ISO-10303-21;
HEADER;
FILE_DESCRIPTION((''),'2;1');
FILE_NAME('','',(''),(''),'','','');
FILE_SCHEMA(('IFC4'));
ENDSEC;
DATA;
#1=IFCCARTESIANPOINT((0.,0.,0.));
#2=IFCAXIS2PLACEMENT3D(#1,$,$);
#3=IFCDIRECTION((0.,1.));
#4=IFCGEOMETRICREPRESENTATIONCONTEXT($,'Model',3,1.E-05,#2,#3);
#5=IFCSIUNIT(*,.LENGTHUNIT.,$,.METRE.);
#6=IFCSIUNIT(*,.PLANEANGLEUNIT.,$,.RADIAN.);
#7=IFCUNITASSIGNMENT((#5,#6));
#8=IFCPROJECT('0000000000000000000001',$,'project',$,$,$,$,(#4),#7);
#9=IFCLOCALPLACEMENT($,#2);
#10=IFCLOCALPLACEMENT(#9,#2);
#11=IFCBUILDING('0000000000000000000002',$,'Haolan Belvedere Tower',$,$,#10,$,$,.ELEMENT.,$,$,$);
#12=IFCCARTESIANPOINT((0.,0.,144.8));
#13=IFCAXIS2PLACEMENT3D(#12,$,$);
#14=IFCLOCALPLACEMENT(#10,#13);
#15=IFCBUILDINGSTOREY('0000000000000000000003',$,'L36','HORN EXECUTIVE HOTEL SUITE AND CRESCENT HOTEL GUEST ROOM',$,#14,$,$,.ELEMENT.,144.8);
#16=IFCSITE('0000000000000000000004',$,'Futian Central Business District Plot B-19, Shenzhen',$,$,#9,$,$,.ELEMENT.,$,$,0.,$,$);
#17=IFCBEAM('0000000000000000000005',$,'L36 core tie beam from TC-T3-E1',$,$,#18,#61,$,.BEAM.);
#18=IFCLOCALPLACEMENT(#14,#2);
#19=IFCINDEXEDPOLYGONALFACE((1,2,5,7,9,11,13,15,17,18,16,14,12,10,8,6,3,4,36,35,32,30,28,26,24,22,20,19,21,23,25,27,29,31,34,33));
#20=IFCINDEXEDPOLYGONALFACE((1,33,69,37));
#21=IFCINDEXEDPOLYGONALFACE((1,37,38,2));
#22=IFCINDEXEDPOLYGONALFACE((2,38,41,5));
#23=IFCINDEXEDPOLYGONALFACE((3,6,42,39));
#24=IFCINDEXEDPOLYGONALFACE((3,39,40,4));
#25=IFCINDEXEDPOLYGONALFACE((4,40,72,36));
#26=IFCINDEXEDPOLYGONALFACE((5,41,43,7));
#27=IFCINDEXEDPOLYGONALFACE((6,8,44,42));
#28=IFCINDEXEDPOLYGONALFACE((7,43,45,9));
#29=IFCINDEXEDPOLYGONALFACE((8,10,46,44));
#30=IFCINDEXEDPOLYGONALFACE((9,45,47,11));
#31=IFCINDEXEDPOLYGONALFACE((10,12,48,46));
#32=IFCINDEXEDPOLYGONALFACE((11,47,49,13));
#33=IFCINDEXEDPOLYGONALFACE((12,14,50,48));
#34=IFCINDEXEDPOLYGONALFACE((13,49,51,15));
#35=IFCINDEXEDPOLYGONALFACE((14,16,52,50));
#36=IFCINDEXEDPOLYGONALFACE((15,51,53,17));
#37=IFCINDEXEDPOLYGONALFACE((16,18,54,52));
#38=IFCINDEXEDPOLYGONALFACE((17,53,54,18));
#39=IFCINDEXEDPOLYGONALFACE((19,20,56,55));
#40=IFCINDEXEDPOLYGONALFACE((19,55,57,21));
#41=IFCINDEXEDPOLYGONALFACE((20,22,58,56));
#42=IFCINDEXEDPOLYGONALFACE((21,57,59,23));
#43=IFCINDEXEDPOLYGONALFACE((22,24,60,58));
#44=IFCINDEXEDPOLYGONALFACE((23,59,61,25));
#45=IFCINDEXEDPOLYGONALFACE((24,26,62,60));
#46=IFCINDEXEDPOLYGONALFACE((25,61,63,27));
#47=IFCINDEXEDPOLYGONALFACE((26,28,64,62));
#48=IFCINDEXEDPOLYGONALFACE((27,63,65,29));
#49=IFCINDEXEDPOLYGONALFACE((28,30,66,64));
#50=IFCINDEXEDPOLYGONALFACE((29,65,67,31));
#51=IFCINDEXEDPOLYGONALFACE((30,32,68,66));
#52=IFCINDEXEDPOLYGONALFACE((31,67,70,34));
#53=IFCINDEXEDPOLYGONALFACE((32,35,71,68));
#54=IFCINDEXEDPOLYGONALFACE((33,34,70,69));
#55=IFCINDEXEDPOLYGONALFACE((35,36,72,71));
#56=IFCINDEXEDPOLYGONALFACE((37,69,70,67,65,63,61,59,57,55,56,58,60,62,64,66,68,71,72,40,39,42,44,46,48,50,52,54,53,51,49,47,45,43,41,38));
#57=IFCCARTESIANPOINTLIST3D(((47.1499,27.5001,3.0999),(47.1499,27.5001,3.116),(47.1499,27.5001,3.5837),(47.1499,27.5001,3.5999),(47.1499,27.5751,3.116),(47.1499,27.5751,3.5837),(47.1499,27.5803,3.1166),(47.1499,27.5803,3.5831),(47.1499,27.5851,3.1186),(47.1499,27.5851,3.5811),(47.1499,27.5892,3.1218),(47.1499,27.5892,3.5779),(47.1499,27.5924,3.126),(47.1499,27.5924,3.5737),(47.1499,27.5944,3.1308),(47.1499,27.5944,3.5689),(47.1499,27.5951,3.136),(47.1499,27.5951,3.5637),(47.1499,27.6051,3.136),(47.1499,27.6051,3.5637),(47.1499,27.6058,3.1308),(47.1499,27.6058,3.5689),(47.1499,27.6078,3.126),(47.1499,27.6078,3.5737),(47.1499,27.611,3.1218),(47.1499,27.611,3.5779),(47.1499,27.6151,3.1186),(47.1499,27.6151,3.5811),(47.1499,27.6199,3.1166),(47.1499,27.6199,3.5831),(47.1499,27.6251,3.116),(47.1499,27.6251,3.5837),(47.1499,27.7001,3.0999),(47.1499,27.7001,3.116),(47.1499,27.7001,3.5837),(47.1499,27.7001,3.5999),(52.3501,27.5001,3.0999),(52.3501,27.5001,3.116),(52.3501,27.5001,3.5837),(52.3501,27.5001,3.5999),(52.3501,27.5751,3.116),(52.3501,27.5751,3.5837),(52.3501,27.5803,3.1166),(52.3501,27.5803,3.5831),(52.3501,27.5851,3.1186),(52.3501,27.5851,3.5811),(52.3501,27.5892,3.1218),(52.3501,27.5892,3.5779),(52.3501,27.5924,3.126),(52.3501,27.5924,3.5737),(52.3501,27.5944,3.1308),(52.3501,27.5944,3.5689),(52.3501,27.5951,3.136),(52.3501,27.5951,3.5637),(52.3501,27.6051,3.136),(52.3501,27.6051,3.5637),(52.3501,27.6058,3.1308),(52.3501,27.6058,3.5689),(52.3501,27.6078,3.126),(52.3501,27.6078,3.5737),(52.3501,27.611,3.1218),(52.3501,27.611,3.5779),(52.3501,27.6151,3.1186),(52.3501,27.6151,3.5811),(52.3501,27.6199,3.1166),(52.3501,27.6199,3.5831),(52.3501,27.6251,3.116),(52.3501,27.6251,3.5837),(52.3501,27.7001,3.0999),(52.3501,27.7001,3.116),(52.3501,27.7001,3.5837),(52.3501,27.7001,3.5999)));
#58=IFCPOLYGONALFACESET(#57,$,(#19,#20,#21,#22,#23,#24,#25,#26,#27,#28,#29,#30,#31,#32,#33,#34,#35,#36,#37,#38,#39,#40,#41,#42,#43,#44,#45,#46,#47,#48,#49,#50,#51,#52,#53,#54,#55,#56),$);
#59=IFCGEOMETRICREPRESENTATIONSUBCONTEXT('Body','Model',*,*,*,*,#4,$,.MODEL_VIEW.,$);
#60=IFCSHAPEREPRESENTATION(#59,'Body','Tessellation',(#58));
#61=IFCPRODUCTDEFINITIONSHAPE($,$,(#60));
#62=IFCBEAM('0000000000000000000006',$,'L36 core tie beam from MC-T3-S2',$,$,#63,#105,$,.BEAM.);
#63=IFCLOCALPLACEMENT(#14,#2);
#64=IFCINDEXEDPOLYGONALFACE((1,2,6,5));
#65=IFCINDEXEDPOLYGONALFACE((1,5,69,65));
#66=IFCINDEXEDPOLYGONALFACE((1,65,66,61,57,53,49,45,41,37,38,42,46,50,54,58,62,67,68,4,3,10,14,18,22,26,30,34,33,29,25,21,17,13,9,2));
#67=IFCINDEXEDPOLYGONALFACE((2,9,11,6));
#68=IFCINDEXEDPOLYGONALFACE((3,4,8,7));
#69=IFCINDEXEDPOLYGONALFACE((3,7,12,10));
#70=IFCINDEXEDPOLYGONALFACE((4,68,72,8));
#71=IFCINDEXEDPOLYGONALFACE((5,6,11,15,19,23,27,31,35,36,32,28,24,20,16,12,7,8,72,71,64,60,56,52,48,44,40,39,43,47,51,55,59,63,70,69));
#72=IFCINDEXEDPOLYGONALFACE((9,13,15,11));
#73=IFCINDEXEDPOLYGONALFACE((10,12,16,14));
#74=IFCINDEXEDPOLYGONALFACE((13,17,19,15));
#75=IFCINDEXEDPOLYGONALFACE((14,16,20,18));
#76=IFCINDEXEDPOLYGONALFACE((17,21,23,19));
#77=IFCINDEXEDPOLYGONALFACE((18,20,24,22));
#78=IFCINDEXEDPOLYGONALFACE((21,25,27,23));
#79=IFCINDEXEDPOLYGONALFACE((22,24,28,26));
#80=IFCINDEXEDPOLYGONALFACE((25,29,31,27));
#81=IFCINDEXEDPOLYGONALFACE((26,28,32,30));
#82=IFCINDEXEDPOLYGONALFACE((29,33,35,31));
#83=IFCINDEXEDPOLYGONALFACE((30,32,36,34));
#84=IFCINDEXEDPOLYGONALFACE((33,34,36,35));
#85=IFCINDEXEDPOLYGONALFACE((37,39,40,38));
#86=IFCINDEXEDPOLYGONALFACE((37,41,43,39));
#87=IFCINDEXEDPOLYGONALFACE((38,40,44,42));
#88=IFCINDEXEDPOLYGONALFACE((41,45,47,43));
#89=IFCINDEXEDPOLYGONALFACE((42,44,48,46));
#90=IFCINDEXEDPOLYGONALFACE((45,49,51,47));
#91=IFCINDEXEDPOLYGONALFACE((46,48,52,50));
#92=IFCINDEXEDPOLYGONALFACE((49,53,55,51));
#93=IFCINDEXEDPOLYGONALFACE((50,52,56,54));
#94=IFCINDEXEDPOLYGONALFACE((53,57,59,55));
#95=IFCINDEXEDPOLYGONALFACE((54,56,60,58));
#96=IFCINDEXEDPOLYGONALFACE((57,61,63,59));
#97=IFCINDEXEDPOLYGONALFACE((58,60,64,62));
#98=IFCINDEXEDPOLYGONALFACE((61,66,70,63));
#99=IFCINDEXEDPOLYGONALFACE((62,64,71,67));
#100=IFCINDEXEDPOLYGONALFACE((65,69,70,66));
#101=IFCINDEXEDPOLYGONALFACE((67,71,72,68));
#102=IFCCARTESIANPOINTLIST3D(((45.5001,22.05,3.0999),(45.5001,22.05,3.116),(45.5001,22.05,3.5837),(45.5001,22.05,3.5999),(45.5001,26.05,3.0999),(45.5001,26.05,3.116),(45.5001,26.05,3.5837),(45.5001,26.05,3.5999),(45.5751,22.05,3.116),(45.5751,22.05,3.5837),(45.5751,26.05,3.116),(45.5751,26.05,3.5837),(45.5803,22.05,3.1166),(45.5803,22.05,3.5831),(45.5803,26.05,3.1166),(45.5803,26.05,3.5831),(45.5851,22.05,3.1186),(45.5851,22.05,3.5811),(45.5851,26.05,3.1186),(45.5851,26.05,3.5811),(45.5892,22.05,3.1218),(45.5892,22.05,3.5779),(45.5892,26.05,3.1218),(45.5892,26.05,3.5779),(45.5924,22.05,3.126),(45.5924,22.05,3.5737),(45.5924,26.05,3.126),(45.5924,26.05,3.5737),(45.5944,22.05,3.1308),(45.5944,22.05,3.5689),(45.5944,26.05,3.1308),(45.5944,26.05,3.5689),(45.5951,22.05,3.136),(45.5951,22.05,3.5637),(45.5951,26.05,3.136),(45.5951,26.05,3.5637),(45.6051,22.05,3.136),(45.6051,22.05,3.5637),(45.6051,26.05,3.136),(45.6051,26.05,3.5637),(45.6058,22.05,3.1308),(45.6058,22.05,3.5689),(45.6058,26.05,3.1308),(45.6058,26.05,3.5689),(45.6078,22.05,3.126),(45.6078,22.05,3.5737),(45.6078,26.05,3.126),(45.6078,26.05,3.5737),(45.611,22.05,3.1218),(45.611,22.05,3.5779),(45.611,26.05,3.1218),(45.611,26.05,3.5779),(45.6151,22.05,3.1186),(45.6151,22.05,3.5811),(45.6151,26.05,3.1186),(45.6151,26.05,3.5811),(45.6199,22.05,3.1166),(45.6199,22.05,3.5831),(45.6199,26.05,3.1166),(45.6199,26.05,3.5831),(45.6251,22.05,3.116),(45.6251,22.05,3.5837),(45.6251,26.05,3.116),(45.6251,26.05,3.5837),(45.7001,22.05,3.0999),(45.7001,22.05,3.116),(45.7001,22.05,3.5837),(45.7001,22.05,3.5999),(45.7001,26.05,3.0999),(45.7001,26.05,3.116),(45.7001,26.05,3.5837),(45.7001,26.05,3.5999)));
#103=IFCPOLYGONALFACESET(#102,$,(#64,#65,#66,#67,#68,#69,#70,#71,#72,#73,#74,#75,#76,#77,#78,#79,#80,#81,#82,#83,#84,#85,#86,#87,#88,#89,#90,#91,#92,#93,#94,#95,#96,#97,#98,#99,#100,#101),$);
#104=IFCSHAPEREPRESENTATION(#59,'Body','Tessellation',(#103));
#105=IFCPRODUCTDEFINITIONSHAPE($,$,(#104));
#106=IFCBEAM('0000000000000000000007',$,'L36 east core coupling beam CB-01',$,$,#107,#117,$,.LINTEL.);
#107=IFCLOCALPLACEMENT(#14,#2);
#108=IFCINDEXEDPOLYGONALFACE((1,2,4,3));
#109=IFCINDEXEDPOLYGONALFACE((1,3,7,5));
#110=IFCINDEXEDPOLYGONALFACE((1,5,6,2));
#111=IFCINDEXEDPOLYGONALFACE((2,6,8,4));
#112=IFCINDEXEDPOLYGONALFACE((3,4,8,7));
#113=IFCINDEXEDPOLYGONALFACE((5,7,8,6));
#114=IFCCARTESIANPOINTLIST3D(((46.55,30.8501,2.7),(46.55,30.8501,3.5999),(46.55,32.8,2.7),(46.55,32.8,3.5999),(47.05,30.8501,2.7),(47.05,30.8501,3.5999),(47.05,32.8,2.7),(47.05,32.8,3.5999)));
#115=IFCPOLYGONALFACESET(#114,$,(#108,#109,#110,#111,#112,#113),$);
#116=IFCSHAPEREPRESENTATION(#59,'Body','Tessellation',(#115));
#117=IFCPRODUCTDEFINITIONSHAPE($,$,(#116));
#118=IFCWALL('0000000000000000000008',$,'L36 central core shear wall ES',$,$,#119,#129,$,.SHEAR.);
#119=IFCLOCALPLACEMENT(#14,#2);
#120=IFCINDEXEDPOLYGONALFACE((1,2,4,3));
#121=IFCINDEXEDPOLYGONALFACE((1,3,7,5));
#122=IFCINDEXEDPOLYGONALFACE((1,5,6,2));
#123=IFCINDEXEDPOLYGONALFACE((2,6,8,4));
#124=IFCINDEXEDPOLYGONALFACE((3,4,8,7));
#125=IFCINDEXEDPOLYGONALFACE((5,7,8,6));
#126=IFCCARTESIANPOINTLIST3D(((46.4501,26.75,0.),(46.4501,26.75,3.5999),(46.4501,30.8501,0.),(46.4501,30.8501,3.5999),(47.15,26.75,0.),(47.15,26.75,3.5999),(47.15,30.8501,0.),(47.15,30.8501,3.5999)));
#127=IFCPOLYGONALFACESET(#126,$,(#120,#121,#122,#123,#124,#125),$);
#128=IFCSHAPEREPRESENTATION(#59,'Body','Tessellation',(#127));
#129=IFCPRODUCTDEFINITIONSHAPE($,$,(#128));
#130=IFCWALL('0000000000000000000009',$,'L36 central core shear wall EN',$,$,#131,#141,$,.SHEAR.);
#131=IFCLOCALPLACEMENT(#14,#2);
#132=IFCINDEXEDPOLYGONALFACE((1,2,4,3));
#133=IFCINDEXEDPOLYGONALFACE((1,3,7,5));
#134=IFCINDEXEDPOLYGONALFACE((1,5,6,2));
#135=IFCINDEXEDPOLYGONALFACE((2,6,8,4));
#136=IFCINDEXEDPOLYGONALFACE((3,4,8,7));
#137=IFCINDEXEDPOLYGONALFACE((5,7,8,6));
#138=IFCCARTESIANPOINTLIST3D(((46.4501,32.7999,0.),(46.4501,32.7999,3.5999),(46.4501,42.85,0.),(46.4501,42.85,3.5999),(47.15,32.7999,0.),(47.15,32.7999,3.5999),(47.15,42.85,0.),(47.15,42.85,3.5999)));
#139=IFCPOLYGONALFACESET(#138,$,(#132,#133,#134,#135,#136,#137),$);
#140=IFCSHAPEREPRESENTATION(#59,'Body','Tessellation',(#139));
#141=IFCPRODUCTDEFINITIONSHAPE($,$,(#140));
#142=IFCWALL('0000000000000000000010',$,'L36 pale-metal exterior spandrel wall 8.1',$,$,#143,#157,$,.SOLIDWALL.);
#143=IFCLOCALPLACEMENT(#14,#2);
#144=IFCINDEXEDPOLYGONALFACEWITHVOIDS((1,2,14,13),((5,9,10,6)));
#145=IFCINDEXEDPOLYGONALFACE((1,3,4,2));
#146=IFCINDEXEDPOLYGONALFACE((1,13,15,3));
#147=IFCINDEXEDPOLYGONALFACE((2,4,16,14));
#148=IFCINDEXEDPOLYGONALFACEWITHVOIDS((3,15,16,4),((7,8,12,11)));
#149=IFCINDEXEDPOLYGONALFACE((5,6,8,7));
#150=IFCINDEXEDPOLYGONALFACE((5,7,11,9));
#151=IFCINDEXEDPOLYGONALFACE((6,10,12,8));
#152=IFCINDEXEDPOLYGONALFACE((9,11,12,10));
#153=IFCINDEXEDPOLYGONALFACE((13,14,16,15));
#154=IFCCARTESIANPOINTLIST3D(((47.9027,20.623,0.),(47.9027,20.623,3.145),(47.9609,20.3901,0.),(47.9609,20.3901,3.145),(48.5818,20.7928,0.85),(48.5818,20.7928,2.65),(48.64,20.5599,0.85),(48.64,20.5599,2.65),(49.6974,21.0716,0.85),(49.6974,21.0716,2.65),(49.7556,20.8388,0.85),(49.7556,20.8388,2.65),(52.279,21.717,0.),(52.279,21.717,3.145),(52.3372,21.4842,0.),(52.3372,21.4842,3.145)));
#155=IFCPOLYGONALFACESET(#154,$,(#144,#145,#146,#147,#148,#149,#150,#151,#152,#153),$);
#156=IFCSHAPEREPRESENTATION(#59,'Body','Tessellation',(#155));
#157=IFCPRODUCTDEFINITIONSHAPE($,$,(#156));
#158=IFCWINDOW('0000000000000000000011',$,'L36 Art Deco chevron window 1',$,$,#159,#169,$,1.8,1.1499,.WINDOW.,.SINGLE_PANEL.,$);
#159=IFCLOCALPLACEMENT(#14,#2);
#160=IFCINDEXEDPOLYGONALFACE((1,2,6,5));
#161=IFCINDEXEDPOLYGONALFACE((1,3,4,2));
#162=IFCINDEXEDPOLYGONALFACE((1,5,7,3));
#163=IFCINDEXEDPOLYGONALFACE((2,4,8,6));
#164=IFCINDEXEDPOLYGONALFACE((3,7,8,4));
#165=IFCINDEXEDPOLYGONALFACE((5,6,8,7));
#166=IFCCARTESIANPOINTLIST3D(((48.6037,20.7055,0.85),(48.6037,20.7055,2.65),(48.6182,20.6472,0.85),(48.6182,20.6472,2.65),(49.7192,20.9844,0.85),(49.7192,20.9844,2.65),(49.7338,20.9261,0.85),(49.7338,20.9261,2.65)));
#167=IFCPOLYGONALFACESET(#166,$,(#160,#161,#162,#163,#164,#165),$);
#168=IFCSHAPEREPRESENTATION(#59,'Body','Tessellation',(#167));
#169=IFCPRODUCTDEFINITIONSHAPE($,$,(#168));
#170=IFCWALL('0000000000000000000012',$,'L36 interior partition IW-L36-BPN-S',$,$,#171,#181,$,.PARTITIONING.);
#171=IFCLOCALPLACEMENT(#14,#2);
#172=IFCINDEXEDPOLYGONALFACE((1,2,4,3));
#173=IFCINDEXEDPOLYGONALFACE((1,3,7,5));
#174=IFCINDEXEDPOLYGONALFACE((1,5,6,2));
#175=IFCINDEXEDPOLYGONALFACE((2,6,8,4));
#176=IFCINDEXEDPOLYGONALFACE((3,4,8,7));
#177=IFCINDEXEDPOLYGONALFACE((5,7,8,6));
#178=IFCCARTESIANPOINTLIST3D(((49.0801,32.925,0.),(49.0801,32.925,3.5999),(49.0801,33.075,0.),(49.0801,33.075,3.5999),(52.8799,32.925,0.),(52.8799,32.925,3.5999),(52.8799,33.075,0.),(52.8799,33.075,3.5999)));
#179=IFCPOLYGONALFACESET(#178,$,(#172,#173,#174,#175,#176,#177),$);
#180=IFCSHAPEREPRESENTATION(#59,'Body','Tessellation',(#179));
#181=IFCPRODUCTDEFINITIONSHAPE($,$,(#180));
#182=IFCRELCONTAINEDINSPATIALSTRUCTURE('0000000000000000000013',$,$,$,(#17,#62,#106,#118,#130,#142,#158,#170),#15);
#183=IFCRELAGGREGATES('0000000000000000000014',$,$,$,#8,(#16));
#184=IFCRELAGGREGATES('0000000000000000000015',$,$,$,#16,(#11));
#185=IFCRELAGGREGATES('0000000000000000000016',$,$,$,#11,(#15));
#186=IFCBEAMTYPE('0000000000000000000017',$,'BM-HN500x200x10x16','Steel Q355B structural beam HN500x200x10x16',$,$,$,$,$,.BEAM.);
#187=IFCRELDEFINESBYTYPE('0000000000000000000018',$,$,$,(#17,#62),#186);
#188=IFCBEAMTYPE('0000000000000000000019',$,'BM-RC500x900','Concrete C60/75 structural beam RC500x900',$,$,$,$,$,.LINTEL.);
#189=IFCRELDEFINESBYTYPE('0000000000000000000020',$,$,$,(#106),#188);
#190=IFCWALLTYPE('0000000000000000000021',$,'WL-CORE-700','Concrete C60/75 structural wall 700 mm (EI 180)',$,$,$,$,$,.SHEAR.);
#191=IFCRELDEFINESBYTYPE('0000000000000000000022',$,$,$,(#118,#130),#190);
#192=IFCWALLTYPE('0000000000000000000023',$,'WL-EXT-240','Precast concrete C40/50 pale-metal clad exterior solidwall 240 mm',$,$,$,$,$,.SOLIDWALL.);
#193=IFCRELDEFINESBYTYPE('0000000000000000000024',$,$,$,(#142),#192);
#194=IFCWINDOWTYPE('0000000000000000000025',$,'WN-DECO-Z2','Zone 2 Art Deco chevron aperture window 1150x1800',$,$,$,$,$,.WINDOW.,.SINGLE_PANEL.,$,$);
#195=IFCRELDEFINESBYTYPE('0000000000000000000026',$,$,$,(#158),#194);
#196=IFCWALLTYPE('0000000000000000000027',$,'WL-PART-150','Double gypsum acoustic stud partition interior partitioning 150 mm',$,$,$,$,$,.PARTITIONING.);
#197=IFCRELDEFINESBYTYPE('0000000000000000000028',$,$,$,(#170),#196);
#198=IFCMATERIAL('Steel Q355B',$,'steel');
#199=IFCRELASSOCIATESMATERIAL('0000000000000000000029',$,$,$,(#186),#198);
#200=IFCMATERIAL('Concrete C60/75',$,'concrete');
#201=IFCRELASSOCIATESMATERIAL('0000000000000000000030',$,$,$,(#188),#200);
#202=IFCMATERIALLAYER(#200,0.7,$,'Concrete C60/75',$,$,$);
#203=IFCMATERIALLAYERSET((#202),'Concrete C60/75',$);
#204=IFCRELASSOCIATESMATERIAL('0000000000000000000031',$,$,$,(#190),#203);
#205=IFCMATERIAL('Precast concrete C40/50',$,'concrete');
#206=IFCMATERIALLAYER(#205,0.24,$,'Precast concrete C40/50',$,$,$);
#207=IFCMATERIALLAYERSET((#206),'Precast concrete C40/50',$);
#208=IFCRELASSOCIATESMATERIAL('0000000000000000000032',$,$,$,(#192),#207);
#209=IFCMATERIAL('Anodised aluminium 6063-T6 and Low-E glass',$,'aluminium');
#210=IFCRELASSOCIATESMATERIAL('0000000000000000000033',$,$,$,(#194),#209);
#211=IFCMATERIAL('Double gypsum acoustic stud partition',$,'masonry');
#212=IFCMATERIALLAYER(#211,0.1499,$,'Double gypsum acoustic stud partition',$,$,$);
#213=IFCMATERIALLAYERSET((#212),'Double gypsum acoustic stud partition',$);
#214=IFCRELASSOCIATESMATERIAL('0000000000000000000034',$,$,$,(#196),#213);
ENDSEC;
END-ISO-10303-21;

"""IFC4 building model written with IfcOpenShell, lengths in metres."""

from ifc_helpers import new_model, si_unit, direction, frame, frame_2d, origin, origin_2d, place, context, subcontext, project, spatial, rectangle, i_section, extrude, material, layer, layer_set, material_profile, profile_set, type_object, element, fill, save


model = new_model("IFC4")

# Units and contexts
model_context = context("Model", 3, precision=1e-05, world=origin(), true_north=direction((0.0, 1.0)))
body_context = subcontext(model_context, "Body", "Model", "MODEL_VIEW")
ifc_project = project(units=[si_unit("LENGTHUNIT", "METRE"), si_unit("PLANEANGLEUNIT", "RADIAN")], contexts=[model_context])

# Site, building, storey
site_placement = place(None, origin())
site = spatial("IfcSite", under=ifc_project, at=site_placement, Name="Futian Central Business District Plot B-19, Shenzhen", CompositionType="ELEMENT", RefElevation=0.0)
building_placement = place(site_placement, origin())
building = spatial("IfcBuilding", under=site, at=building_placement, Name="Haolan Belvedere Tower", CompositionType="ELEMENT")
storey_placement = place(building_placement, frame((0.0, 0.0, 144.8)))
storey = spatial("IfcBuildingStorey", under=building, at=storey_placement, Name="L36", Description="HORN EXECUTIVE HOTEL SUITE AND CRESCENT HOTEL GUEST ROOM", CompositionType="ELEMENT", Elevation=144.8)

# Beams
ifc_material_1 = material(Name="Steel Q355B", Category="steel")
ifc_material_profile_1 = material_profile(ifc_material_1, i_section(OverallWidth=0.2, OverallDepth=0.5, WebThickness=0.01, FlangeThickness=0.0161, FilletRadius=0.02, at=origin_2d()), Name="Steel Q355B")
ifc_profile_set_1 = profile_set([ifc_material_profile_1], Name="Steel Q355B")
beam_type_1 = type_object("IfcBeamType", Name="BM-HN500x200x10x16", Description="Steel Q355B structural beam HN500x200x10x16", PredefinedType="BEAM", material=ifc_profile_set_1)
for number, where, z_axis, x_axis, name in (
    (1, (52.3501, 27.6001, 3.3499), (-1.0, 0.0, 0.0), (0.0, -1.0, 0.0), "L36 core tie beam from TC-T3-E1"),
):
    element("IfcBeam", number, at=place(storey_placement, frame(where, z_axis=z_axis, x_axis=x_axis)), inside=storey, type_object=beam_type_1, Name=name, PredefinedType="BEAM", context=body_context, shape_type="SweptSolid", body=[
        extrude(i_section(OverallWidth=0.2, OverallDepth=0.5, WebThickness=0.01, FlangeThickness=0.0161, FilletRadius=0.02, at=origin_2d()), origin(), (0.0, 0.0, 1.0), 5.2002),
    ])
beam_1_placement = place(storey_placement, frame((45.6001, 22.05, 3.3499), z_axis=(0.0, 1.0, 0.0), x_axis=(-1.0, 0.0, 0.0)))
element("IfcBeam", 2, at=beam_1_placement, inside=storey, type_object=beam_type_1, Name="L36 core tie beam from MC-T3-S2", PredefinedType="BEAM", context=body_context, shape_type="SweptSolid", body=[
    extrude(i_section(OverallWidth=0.2, OverallDepth=0.5, WebThickness=0.01, FlangeThickness=0.0161, FilletRadius=0.02, at=origin_2d()), origin(), (0.0, 0.0, 1.0), 4.0),
])
ifc_material_2 = material(Name="Concrete C60/75", Category="concrete")
ifc_material_profile_2 = material_profile(ifc_material_2, rectangle(XDim=0.5, YDim=0.8999, at=origin_2d()), Name="Concrete C60/75")
ifc_profile_set_2 = profile_set([ifc_material_profile_2], Name="Concrete C60/75")
beam_type_2 = type_object("IfcBeamType", Name="BM-RC500x900", Description="Concrete C60/75 structural beam RC500x900", PredefinedType="LINTEL", material=ifc_profile_set_2)
beam_2_placement = place(storey_placement, frame((46.8, 30.8501, 3.1499), z_axis=(0.0, 1.0, 0.0), x_axis=(-1.0, 0.0, 0.0)))
element("IfcBeam", 3, at=beam_2_placement, inside=storey, type_object=beam_type_2, Name="L36 east core coupling beam CB-01", PredefinedType="LINTEL", context=body_context, shape_type="SweptSolid", body=[
    extrude(rectangle(XDim=0.5, YDim=0.8999, at=origin_2d()), origin(), (0.0, 0.0, 1.0), 1.95),
])

# Walls
ifc_layer_1 = layer(ifc_material_2, 0.7, Name="Concrete C60/75")
ifc_layer_set_1 = layer_set([ifc_layer_1], Name="Concrete C60/75")
wall_type_1 = type_object("IfcWallType", Name="WL-CORE-700", Description="Concrete C60/75 structural wall 700 mm (EI 180)", PredefinedType="SHEAR", material=ifc_layer_set_1)
wall_1_placement = place(storey_placement, frame((46.8, 26.75, 0.0), z_axis=(0.0, 0.0, 1.0), x_axis=(0.0, 1.0, 0.0)))
element("IfcWall", 4, at=wall_1_placement, inside=storey, type_object=wall_type_1, Name="L36 central core shear wall ES", PredefinedType="SHEAR", context=body_context, shape_type="SweptSolid", body=[
    extrude(rectangle(XDim=4.1001, YDim=0.7, at=frame_2d((2.05, 0.0))), origin(), (0.0, 0.0, 1.0), 3.5999),
])
wall_2_placement = place(storey_placement, frame((46.8, 32.8, 0.0), z_axis=(0.0, 0.0, 1.0), x_axis=(0.0, 1.0, 0.0)))
element("IfcWall", 5, at=wall_2_placement, inside=storey, type_object=wall_type_1, Name="L36 central core shear wall EN", PredefinedType="SHEAR", context=body_context, shape_type="SweptSolid", body=[
    extrude(rectangle(XDim=10.05, YDim=0.7, at=frame_2d((5.0249, 0.0))), origin(), (0.0, 0.0, 1.0), 3.5999),
])

# Wall, opening, window
ifc_material_3 = material(Name="Precast concrete C40/50", Category="concrete")
ifc_layer_2 = layer(ifc_material_3, 0.24, Name="Precast concrete C40/50")
ifc_layer_set_2 = layer_set([ifc_layer_2], Name="Precast concrete C40/50")
wall_type_2 = type_object("IfcWallType", Name="WL-EXT-240", Description="Precast concrete C40/50 pale-metal clad exterior solidwall 240 mm", PredefinedType="SOLIDWALL", material=ifc_layer_set_2)
wall_3_placement = place(storey_placement, frame((47.9319, 20.5066, 0.0), z_axis=(0.0, 0.0, 1.0), x_axis=(0.970146, 0.242523, 0.0)))
wall_3 = element("IfcWall", 6, at=wall_3_placement, inside=storey, type_object=wall_type_2, Name="L36 pale-metal exterior spandrel wall 8.1", PredefinedType="SOLIDWALL", context=body_context, shape_type="SweptSolid", body=[
    extrude(rectangle(XDim=4.511, YDim=0.24, at=frame_2d((2.2554, 0.0))), origin(), (0.0, 0.0, 1.0), 3.145),
])
opening_1_placement = place(wall_3_placement, frame((0.7, 0.0, 0.8501)))
opening_1 = element("IfcOpeningElement", 7, at=opening_1_placement, cuts=wall_3, PredefinedType="OPENING", context=body_context, shape_type="SweptSolid", body=[
    extrude(rectangle(XDim=1.1499, YDim=1.8, at=frame_2d((0.575, 0.8999))), frame((0.0, 0.1299, 0.0), z_axis=(0.0, -1.0, 0.0), x_axis=(1.0, 0.0, 0.0)), (0.0, 0.0, 1.0), 0.26),
])
ifc_material_4 = material(Name="Anodised aluminium 6063-T6 and Low-E glass", Category="aluminium")
window_type = type_object("IfcWindowType", Name="WN-DECO-Z2", Description="Zone 2 Art Deco chevron aperture window 1150x1800", PartitioningType="SINGLE_PANEL", PredefinedType="WINDOW", material=ifc_material_4)
window_placement = place(opening_1_placement, origin())
window = element("IfcWindow", 8, at=window_placement, inside=storey, type_object=window_type, Name="L36 Art Deco chevron window 1", OverallHeight=1.8, OverallWidth=1.1499, PartitioningType="SINGLE_PANEL", PredefinedType="WINDOW", context=body_context, shape_type="SweptSolid", body=[
    extrude(rectangle(XDim=1.1499, YDim=1.8, at=frame_2d((0.575, 0.8999))), frame((0.0, 0.03, 0.0), z_axis=(0.0, -1.0, 0.0), x_axis=(1.0, 0.0, 0.0)), (0.0, 0.0, 1.0), 0.0601),
])
fill(opening_1, window)

# Wall
ifc_material_5 = material(Name="Double gypsum acoustic stud partition", Category="masonry")
ifc_layer_3 = layer(ifc_material_5, 0.1499, Name="Double gypsum acoustic stud partition")
ifc_layer_set_3 = layer_set([ifc_layer_3], Name="Double gypsum acoustic stud partition")
wall_type_3 = type_object("IfcWallType", Name="WL-PART-150", Description="Double gypsum acoustic stud partition interior partitioning 150 mm", PredefinedType="PARTITIONING", material=ifc_layer_set_3)
wall_4_placement = place(storey_placement, frame((49.0801, 33.0, 0.0), z_axis=(0.0, 0.0, 1.0), x_axis=(1.0, 0.0, 0.0)))
element("IfcWall", 9, at=wall_4_placement, inside=storey, type_object=wall_type_3, Name="L36 interior partition IW-L36-BPN-S", PredefinedType="PARTITIONING", context=body_context, shape_type="SweptSolid", body=[
    extrude(rectangle(XDim=3.7998, YDim=0.1499, at=frame_2d((1.8999, 0.0))), origin(), (0.0, 0.0, 1.0), 3.5999),
])

save(model, "model.ifc")
